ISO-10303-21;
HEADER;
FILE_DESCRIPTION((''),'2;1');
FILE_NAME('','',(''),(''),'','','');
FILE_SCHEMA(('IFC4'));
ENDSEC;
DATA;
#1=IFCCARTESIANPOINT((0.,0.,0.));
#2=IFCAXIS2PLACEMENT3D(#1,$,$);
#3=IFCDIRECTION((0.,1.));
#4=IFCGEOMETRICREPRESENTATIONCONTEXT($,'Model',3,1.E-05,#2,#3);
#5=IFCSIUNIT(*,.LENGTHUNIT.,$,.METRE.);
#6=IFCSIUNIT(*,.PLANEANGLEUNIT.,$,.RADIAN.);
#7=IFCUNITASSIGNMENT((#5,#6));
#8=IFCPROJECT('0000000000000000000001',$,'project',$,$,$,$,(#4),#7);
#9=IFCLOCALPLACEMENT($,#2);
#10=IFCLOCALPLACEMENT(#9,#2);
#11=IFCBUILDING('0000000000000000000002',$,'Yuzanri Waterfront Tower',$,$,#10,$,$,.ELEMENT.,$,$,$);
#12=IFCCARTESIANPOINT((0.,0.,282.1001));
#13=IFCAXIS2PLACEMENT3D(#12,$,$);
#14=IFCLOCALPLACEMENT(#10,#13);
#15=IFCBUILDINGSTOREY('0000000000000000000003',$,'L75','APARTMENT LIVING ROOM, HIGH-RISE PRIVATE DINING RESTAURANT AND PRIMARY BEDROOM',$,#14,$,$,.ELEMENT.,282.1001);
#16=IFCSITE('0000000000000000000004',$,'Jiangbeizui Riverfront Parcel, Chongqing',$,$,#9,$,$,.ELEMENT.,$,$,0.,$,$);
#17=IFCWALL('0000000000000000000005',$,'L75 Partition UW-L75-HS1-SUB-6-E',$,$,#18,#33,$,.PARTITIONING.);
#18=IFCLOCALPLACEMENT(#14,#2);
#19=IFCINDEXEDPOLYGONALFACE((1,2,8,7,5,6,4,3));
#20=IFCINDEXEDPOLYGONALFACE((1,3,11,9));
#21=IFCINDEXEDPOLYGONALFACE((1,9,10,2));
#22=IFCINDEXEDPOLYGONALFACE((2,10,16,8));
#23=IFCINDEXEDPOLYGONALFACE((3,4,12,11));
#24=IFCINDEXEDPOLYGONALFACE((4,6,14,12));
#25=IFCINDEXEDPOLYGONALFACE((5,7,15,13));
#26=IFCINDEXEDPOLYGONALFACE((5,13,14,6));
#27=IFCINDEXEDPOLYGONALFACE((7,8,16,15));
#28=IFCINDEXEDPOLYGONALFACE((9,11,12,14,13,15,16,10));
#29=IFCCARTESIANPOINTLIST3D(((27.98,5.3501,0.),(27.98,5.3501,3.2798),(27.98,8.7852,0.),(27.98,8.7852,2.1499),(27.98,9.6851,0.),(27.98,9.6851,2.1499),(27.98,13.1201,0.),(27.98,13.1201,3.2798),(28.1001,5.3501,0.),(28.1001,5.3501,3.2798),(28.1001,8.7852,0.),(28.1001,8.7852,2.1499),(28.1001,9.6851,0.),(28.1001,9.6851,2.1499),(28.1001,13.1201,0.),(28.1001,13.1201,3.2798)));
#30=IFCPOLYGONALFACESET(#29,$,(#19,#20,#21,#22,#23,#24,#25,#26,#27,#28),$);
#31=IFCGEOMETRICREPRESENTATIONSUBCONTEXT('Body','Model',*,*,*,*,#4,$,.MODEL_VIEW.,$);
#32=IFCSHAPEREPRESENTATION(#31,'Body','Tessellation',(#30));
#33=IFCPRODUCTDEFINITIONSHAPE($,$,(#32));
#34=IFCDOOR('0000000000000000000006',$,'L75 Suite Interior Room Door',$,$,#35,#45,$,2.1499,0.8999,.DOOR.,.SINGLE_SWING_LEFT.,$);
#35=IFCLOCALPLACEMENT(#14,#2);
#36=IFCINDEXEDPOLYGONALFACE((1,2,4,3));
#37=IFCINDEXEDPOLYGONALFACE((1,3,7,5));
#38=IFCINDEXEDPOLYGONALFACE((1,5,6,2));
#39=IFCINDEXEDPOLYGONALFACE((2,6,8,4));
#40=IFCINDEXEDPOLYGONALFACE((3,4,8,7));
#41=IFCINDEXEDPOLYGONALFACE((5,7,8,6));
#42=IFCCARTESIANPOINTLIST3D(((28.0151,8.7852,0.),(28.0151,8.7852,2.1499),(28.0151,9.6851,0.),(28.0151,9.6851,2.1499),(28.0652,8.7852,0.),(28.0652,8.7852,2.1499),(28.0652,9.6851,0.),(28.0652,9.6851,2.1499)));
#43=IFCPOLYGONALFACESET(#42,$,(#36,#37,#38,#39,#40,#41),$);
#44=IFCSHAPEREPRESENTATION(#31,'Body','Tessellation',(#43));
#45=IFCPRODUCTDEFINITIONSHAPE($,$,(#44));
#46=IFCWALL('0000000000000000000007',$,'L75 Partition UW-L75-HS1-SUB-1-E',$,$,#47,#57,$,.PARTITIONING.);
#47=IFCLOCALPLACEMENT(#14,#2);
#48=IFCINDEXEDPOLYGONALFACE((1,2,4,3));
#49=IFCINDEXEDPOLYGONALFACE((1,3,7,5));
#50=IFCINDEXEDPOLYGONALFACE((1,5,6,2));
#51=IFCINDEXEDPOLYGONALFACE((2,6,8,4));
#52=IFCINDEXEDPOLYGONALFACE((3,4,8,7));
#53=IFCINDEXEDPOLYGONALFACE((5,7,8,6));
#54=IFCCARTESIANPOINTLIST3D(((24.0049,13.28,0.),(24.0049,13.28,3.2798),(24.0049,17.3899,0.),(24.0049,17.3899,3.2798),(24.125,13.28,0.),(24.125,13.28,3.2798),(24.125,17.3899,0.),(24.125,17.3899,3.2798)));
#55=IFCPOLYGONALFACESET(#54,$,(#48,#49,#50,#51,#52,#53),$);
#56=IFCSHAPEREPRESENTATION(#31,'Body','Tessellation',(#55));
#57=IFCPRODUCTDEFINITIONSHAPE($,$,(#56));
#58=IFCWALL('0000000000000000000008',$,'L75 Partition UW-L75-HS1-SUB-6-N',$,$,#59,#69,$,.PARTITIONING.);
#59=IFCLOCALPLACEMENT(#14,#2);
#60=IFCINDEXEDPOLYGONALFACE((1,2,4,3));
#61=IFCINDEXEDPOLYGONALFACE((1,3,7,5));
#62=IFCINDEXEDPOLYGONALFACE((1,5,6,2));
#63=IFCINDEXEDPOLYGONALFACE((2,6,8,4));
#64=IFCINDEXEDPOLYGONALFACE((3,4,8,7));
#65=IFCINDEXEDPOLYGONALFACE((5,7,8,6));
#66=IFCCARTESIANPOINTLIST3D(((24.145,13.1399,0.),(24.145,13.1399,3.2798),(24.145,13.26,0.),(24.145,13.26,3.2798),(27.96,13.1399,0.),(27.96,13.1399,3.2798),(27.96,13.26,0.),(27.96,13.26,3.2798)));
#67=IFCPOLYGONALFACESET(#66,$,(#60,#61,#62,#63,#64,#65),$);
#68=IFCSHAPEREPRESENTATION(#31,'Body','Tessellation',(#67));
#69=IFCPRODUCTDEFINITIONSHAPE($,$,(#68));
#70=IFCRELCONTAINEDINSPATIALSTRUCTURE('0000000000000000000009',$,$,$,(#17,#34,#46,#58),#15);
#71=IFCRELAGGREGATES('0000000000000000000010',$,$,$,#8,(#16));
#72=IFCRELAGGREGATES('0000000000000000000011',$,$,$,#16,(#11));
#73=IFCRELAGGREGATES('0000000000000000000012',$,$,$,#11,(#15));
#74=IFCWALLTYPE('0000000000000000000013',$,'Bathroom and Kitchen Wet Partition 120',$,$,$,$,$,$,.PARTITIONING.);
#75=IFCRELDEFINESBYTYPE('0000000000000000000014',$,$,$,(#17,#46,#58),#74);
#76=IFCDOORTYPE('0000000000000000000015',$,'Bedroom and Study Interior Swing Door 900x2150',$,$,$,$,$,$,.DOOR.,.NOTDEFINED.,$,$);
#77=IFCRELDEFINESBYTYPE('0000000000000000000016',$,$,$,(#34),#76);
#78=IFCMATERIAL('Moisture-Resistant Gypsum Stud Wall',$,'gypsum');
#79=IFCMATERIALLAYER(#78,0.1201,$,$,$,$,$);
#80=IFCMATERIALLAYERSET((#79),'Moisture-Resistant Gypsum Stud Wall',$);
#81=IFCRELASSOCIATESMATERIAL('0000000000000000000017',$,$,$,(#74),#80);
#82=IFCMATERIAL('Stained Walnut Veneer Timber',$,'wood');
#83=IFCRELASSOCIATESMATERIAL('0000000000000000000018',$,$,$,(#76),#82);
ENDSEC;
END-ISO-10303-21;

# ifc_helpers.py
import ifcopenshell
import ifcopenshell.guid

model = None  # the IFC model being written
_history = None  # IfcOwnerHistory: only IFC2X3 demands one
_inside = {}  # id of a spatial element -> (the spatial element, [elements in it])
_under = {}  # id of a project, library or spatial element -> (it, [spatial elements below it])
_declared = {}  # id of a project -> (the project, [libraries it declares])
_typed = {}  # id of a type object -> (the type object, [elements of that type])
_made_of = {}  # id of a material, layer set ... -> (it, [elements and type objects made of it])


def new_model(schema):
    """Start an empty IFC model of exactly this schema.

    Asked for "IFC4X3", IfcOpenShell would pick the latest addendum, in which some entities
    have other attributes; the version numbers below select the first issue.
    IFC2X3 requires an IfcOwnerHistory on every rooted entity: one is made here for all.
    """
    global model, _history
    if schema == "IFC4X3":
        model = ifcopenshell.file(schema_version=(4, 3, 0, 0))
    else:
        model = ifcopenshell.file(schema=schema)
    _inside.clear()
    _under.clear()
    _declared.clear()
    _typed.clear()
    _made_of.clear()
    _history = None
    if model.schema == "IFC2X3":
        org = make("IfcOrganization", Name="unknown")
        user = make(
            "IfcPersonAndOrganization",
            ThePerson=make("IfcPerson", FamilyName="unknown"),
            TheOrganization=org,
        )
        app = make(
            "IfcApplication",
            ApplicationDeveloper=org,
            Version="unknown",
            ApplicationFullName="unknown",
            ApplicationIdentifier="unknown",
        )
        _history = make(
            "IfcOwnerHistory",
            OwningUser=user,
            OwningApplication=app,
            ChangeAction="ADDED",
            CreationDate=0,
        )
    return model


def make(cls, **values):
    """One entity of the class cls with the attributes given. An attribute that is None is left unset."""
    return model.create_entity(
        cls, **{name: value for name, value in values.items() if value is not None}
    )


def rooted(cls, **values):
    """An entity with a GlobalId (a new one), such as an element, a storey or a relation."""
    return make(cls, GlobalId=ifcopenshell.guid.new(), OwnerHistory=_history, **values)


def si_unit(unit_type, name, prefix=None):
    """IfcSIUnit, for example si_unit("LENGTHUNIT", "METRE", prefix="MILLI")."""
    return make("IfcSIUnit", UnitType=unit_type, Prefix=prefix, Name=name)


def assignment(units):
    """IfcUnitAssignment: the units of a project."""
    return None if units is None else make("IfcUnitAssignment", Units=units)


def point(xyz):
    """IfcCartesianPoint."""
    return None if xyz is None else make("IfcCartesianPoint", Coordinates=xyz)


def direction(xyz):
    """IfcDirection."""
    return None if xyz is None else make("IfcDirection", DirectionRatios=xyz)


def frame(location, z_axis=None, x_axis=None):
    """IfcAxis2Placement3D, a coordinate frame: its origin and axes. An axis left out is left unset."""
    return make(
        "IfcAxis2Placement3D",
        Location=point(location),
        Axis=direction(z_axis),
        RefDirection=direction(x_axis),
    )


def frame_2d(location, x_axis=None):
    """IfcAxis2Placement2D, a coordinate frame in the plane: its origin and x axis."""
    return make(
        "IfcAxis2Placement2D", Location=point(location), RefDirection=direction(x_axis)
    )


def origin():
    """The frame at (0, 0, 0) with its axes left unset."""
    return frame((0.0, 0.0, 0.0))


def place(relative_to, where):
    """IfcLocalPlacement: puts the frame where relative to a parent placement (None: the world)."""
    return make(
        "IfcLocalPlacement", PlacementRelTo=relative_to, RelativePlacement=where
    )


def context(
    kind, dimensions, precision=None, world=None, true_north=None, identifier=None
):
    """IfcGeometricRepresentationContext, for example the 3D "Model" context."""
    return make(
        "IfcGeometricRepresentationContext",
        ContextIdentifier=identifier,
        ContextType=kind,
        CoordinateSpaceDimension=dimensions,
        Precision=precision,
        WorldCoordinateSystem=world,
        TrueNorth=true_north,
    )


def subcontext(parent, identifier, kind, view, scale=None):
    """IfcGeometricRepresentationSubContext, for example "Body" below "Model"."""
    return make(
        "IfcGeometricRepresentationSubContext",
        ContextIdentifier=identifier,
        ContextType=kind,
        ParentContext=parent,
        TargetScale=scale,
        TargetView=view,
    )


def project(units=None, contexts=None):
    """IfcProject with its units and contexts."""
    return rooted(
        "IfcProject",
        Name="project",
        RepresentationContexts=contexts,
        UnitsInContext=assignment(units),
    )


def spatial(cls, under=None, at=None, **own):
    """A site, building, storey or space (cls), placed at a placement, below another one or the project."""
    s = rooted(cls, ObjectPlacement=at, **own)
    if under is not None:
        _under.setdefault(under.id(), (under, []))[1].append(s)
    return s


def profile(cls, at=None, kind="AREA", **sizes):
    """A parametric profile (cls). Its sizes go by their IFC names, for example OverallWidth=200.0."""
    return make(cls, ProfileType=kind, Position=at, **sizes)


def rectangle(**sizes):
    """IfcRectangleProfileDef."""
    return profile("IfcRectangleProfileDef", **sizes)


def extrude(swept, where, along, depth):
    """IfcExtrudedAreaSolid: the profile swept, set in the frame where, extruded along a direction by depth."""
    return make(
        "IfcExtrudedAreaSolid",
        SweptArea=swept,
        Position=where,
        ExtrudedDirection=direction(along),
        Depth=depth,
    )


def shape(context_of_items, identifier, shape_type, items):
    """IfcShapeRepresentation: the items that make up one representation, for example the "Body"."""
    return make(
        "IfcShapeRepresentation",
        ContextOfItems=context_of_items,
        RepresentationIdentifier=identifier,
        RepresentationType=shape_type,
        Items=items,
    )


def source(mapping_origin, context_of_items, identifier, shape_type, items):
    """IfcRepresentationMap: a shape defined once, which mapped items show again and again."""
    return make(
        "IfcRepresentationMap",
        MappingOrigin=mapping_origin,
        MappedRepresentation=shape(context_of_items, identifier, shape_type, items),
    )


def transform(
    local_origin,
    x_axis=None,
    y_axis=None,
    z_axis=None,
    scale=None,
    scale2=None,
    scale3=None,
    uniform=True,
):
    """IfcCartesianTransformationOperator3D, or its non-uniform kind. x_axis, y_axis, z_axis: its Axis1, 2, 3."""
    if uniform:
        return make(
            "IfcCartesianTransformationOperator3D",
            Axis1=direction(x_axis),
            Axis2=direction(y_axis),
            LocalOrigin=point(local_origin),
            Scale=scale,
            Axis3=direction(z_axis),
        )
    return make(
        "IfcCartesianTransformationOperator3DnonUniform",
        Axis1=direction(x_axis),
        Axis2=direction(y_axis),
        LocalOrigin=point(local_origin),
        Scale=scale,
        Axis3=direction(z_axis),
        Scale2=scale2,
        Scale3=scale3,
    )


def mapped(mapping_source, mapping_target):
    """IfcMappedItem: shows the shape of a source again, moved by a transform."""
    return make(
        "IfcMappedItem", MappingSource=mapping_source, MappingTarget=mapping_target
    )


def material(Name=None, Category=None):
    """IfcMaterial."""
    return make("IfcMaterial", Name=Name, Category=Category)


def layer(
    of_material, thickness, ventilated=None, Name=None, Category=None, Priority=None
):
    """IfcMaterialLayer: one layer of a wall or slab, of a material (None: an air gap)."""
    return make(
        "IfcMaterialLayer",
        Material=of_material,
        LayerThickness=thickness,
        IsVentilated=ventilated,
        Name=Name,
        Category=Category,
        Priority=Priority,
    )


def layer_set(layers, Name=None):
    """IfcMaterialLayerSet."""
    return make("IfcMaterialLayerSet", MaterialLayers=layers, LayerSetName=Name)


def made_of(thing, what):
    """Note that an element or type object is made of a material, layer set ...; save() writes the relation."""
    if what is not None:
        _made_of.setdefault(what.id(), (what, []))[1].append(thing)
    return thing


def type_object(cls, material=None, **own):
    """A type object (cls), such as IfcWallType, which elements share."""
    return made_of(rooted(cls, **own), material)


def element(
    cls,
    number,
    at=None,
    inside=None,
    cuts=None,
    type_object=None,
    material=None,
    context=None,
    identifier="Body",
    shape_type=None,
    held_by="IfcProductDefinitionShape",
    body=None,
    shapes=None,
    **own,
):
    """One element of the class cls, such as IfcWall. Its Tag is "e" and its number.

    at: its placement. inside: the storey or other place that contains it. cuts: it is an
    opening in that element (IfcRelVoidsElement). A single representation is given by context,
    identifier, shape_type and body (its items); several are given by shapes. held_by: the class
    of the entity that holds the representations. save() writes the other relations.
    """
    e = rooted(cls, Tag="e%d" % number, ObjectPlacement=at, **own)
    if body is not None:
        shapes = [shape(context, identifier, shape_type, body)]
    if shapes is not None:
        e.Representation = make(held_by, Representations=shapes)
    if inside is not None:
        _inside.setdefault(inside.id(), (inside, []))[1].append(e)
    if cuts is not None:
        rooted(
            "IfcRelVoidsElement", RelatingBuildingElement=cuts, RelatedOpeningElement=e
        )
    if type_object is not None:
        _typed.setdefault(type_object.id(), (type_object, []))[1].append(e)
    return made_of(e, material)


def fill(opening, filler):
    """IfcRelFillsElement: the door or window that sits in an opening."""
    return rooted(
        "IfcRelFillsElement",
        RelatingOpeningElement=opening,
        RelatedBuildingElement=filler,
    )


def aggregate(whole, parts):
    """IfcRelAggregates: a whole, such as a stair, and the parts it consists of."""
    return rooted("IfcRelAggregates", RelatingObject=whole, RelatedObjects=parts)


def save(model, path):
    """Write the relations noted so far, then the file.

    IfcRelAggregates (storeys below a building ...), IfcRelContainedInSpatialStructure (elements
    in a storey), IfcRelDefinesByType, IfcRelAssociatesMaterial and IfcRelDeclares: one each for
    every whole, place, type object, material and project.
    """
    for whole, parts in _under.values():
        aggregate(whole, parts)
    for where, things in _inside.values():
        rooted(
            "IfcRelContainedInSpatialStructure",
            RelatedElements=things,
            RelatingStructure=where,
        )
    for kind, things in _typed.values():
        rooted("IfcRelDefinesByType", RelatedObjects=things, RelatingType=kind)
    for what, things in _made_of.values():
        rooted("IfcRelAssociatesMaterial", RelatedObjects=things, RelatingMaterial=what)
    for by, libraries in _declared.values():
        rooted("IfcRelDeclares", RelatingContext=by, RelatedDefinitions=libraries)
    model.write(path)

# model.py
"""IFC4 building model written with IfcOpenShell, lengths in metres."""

from ifc_helpers import new_model, si_unit, direction, frame, frame_2d, origin, place, context, subcontext, project, spatial, rectangle, extrude, source, transform, mapped, material, layer, layer_set, type_object, element, fill, save


model = new_model("IFC4")

# Units and contexts
model_context = context("Model", 3, precision=1e-05, world=origin(), true_north=direction((0.0, 1.0)))
body_context = subcontext(model_context, "Body", "Model", "MODEL_VIEW")
ifc_project = project(units=[si_unit("LENGTHUNIT", "METRE"), si_unit("PLANEANGLEUNIT", "RADIAN")], contexts=[model_context])

# Site, building, storey
site_placement = place(None, origin())
site = spatial("IfcSite", under=ifc_project, at=site_placement, Name="Jiangbeizui Riverfront Parcel, Chongqing", CompositionType="ELEMENT", RefElevation=0.0)
building_placement = place(site_placement, origin())
building = spatial("IfcBuilding", under=site, at=building_placement, Name="Yuzanri Waterfront Tower", CompositionType="ELEMENT")
storey_placement = place(building_placement, frame((0.0, 0.0, 282.1001)))
storey = spatial("IfcBuildingStorey", under=building, at=storey_placement, Name="L75", Description="APARTMENT LIVING ROOM, HIGH-RISE PRIVATE DINING RESTAURANT AND PRIMARY BEDROOM", CompositionType="ELEMENT", Elevation=282.1001)

# Wall, opening, door
ifc_material_1 = material(Name="Moisture-Resistant Gypsum Stud Wall", Category="gypsum")
ifc_layer_1 = layer(ifc_material_1, 0.1201)
ifc_layer_set_1 = layer_set([ifc_layer_1], Name="Moisture-Resistant Gypsum Stud Wall")
wall_type = type_object("IfcWallType", Name="Bathroom and Kitchen Wet Partition 120", PredefinedType="PARTITIONING", material=ifc_layer_set_1)
ifc_material_2 = material(Name="Stained Walnut Veneer Timber", Category="wood")
door_type_1 = type_object("IfcDoorType", Name="Bedroom and Study Interior Swing Door 900x2150", OperationType="NOTDEFINED", PredefinedType="DOOR", material=ifc_material_2)
shared_shape_1 = source(origin(), body_context, "Body", "SweptSolid", [
    extrude(rectangle(XDim=0.8999, YDim=2.1499, at=frame_2d((0.45, 1.075))), frame((0.0, 0.0249, 0.0), z_axis=(0.0, -1.0, 0.0), x_axis=(1.0, 0.0, 0.0)), (0.0, 0.0, 1.0), 0.05),
])
wall_1_placement = place(storey_placement, frame((28.04, 5.3501, 0.0), z_axis=(0.0, 0.0, 1.0), x_axis=(0.0, 1.0, 0.0)))
wall_1 = element("IfcWall", 1, at=wall_1_placement, inside=storey, type_object=wall_type, Name="L75 Partition UW-L75-HS1-SUB-6-E", PredefinedType="PARTITIONING", context=body_context, shape_type="SweptSolid", body=[
    extrude(rectangle(XDim=7.77, YDim=0.1201, at=frame_2d((3.885, 0.0))), origin(), (0.0, 0.0, 1.0), 3.2798),
])
opening_1_placement = place(wall_1_placement, frame((3.4351, 0.0, 0.0)))
opening_1 = element("IfcOpeningElement", 2, at=opening_1_placement, cuts=wall_1, PredefinedType="OPENING", context=body_context, shape_type="SweptSolid", body=[
    extrude(rectangle(XDim=0.8999, YDim=2.1499, at=frame_2d((0.45, 1.075))), frame((0.0, 0.075, 0.0), z_axis=(0.0, -1.0, 0.0), x_axis=(1.0, 0.0, 0.0)), (0.0, 0.0, 1.0), 0.1499),
])
door_1_placement = place(opening_1_placement, origin())
door_1 = element("IfcDoor", 3, at=door_1_placement, inside=storey, type_object=door_type_1, Name="L75 Suite Interior Room Door", OperationType="SINGLE_SWING_LEFT", OverallHeight=2.1499, OverallWidth=0.8999, PredefinedType="DOOR", context=body_context, shape_type="MappedRepresentation", body=[
    mapped(shared_shape_1, transform((0.0, 0.0, 0.0), scale=1.0)),
])
fill(opening_1, door_1)

# Walls
shared_shape_2 = source(origin(), body_context, "Body", "SweptSolid", [
    extrude(rectangle(XDim=4.1099, YDim=0.1201, at=frame_2d((2.0549, 0.0))), origin(), (0.0, 0.0, 1.0), 3.2798),
])
wall_2_placement = place(storey_placement, frame((24.0649, 13.28, 0.0), z_axis=(0.0, 0.0, 1.0), x_axis=(0.0, 1.0, 0.0)))
element("IfcWall", 4, at=wall_2_placement, inside=storey, type_object=wall_type, Name="L75 Partition UW-L75-HS1-SUB-1-E", PredefinedType="PARTITIONING", context=body_context, shape_type="MappedRepresentation", body=[
    mapped(shared_shape_2, transform((0.0, 0.0, 0.0), scale=1.0)),
])
shared_shape_3 = source(origin(), body_context, "Body", "SweptSolid", [
    extrude(rectangle(XDim=3.8149, YDim=0.1201, at=frame_2d((1.9075, 0.0))), origin(), (0.0, 0.0, 1.0), 3.2798),
])
wall_3_placement = place(storey_placement, frame((24.145, 13.2, 0.0), z_axis=(0.0, 0.0, 1.0), x_axis=(1.0, 0.0, 0.0)))
element("IfcWall", 5, at=wall_3_placement, inside=storey, type_object=wall_type, Name="L75 Partition UW-L75-HS1-SUB-6-N", PredefinedType="PARTITIONING", context=body_context, shape_type="MappedRepresentation", body=[
    mapped(shared_shape_3, transform((0.0, 0.0, 0.0), scale=1.0)),
])

save(model, "model.ifc")
